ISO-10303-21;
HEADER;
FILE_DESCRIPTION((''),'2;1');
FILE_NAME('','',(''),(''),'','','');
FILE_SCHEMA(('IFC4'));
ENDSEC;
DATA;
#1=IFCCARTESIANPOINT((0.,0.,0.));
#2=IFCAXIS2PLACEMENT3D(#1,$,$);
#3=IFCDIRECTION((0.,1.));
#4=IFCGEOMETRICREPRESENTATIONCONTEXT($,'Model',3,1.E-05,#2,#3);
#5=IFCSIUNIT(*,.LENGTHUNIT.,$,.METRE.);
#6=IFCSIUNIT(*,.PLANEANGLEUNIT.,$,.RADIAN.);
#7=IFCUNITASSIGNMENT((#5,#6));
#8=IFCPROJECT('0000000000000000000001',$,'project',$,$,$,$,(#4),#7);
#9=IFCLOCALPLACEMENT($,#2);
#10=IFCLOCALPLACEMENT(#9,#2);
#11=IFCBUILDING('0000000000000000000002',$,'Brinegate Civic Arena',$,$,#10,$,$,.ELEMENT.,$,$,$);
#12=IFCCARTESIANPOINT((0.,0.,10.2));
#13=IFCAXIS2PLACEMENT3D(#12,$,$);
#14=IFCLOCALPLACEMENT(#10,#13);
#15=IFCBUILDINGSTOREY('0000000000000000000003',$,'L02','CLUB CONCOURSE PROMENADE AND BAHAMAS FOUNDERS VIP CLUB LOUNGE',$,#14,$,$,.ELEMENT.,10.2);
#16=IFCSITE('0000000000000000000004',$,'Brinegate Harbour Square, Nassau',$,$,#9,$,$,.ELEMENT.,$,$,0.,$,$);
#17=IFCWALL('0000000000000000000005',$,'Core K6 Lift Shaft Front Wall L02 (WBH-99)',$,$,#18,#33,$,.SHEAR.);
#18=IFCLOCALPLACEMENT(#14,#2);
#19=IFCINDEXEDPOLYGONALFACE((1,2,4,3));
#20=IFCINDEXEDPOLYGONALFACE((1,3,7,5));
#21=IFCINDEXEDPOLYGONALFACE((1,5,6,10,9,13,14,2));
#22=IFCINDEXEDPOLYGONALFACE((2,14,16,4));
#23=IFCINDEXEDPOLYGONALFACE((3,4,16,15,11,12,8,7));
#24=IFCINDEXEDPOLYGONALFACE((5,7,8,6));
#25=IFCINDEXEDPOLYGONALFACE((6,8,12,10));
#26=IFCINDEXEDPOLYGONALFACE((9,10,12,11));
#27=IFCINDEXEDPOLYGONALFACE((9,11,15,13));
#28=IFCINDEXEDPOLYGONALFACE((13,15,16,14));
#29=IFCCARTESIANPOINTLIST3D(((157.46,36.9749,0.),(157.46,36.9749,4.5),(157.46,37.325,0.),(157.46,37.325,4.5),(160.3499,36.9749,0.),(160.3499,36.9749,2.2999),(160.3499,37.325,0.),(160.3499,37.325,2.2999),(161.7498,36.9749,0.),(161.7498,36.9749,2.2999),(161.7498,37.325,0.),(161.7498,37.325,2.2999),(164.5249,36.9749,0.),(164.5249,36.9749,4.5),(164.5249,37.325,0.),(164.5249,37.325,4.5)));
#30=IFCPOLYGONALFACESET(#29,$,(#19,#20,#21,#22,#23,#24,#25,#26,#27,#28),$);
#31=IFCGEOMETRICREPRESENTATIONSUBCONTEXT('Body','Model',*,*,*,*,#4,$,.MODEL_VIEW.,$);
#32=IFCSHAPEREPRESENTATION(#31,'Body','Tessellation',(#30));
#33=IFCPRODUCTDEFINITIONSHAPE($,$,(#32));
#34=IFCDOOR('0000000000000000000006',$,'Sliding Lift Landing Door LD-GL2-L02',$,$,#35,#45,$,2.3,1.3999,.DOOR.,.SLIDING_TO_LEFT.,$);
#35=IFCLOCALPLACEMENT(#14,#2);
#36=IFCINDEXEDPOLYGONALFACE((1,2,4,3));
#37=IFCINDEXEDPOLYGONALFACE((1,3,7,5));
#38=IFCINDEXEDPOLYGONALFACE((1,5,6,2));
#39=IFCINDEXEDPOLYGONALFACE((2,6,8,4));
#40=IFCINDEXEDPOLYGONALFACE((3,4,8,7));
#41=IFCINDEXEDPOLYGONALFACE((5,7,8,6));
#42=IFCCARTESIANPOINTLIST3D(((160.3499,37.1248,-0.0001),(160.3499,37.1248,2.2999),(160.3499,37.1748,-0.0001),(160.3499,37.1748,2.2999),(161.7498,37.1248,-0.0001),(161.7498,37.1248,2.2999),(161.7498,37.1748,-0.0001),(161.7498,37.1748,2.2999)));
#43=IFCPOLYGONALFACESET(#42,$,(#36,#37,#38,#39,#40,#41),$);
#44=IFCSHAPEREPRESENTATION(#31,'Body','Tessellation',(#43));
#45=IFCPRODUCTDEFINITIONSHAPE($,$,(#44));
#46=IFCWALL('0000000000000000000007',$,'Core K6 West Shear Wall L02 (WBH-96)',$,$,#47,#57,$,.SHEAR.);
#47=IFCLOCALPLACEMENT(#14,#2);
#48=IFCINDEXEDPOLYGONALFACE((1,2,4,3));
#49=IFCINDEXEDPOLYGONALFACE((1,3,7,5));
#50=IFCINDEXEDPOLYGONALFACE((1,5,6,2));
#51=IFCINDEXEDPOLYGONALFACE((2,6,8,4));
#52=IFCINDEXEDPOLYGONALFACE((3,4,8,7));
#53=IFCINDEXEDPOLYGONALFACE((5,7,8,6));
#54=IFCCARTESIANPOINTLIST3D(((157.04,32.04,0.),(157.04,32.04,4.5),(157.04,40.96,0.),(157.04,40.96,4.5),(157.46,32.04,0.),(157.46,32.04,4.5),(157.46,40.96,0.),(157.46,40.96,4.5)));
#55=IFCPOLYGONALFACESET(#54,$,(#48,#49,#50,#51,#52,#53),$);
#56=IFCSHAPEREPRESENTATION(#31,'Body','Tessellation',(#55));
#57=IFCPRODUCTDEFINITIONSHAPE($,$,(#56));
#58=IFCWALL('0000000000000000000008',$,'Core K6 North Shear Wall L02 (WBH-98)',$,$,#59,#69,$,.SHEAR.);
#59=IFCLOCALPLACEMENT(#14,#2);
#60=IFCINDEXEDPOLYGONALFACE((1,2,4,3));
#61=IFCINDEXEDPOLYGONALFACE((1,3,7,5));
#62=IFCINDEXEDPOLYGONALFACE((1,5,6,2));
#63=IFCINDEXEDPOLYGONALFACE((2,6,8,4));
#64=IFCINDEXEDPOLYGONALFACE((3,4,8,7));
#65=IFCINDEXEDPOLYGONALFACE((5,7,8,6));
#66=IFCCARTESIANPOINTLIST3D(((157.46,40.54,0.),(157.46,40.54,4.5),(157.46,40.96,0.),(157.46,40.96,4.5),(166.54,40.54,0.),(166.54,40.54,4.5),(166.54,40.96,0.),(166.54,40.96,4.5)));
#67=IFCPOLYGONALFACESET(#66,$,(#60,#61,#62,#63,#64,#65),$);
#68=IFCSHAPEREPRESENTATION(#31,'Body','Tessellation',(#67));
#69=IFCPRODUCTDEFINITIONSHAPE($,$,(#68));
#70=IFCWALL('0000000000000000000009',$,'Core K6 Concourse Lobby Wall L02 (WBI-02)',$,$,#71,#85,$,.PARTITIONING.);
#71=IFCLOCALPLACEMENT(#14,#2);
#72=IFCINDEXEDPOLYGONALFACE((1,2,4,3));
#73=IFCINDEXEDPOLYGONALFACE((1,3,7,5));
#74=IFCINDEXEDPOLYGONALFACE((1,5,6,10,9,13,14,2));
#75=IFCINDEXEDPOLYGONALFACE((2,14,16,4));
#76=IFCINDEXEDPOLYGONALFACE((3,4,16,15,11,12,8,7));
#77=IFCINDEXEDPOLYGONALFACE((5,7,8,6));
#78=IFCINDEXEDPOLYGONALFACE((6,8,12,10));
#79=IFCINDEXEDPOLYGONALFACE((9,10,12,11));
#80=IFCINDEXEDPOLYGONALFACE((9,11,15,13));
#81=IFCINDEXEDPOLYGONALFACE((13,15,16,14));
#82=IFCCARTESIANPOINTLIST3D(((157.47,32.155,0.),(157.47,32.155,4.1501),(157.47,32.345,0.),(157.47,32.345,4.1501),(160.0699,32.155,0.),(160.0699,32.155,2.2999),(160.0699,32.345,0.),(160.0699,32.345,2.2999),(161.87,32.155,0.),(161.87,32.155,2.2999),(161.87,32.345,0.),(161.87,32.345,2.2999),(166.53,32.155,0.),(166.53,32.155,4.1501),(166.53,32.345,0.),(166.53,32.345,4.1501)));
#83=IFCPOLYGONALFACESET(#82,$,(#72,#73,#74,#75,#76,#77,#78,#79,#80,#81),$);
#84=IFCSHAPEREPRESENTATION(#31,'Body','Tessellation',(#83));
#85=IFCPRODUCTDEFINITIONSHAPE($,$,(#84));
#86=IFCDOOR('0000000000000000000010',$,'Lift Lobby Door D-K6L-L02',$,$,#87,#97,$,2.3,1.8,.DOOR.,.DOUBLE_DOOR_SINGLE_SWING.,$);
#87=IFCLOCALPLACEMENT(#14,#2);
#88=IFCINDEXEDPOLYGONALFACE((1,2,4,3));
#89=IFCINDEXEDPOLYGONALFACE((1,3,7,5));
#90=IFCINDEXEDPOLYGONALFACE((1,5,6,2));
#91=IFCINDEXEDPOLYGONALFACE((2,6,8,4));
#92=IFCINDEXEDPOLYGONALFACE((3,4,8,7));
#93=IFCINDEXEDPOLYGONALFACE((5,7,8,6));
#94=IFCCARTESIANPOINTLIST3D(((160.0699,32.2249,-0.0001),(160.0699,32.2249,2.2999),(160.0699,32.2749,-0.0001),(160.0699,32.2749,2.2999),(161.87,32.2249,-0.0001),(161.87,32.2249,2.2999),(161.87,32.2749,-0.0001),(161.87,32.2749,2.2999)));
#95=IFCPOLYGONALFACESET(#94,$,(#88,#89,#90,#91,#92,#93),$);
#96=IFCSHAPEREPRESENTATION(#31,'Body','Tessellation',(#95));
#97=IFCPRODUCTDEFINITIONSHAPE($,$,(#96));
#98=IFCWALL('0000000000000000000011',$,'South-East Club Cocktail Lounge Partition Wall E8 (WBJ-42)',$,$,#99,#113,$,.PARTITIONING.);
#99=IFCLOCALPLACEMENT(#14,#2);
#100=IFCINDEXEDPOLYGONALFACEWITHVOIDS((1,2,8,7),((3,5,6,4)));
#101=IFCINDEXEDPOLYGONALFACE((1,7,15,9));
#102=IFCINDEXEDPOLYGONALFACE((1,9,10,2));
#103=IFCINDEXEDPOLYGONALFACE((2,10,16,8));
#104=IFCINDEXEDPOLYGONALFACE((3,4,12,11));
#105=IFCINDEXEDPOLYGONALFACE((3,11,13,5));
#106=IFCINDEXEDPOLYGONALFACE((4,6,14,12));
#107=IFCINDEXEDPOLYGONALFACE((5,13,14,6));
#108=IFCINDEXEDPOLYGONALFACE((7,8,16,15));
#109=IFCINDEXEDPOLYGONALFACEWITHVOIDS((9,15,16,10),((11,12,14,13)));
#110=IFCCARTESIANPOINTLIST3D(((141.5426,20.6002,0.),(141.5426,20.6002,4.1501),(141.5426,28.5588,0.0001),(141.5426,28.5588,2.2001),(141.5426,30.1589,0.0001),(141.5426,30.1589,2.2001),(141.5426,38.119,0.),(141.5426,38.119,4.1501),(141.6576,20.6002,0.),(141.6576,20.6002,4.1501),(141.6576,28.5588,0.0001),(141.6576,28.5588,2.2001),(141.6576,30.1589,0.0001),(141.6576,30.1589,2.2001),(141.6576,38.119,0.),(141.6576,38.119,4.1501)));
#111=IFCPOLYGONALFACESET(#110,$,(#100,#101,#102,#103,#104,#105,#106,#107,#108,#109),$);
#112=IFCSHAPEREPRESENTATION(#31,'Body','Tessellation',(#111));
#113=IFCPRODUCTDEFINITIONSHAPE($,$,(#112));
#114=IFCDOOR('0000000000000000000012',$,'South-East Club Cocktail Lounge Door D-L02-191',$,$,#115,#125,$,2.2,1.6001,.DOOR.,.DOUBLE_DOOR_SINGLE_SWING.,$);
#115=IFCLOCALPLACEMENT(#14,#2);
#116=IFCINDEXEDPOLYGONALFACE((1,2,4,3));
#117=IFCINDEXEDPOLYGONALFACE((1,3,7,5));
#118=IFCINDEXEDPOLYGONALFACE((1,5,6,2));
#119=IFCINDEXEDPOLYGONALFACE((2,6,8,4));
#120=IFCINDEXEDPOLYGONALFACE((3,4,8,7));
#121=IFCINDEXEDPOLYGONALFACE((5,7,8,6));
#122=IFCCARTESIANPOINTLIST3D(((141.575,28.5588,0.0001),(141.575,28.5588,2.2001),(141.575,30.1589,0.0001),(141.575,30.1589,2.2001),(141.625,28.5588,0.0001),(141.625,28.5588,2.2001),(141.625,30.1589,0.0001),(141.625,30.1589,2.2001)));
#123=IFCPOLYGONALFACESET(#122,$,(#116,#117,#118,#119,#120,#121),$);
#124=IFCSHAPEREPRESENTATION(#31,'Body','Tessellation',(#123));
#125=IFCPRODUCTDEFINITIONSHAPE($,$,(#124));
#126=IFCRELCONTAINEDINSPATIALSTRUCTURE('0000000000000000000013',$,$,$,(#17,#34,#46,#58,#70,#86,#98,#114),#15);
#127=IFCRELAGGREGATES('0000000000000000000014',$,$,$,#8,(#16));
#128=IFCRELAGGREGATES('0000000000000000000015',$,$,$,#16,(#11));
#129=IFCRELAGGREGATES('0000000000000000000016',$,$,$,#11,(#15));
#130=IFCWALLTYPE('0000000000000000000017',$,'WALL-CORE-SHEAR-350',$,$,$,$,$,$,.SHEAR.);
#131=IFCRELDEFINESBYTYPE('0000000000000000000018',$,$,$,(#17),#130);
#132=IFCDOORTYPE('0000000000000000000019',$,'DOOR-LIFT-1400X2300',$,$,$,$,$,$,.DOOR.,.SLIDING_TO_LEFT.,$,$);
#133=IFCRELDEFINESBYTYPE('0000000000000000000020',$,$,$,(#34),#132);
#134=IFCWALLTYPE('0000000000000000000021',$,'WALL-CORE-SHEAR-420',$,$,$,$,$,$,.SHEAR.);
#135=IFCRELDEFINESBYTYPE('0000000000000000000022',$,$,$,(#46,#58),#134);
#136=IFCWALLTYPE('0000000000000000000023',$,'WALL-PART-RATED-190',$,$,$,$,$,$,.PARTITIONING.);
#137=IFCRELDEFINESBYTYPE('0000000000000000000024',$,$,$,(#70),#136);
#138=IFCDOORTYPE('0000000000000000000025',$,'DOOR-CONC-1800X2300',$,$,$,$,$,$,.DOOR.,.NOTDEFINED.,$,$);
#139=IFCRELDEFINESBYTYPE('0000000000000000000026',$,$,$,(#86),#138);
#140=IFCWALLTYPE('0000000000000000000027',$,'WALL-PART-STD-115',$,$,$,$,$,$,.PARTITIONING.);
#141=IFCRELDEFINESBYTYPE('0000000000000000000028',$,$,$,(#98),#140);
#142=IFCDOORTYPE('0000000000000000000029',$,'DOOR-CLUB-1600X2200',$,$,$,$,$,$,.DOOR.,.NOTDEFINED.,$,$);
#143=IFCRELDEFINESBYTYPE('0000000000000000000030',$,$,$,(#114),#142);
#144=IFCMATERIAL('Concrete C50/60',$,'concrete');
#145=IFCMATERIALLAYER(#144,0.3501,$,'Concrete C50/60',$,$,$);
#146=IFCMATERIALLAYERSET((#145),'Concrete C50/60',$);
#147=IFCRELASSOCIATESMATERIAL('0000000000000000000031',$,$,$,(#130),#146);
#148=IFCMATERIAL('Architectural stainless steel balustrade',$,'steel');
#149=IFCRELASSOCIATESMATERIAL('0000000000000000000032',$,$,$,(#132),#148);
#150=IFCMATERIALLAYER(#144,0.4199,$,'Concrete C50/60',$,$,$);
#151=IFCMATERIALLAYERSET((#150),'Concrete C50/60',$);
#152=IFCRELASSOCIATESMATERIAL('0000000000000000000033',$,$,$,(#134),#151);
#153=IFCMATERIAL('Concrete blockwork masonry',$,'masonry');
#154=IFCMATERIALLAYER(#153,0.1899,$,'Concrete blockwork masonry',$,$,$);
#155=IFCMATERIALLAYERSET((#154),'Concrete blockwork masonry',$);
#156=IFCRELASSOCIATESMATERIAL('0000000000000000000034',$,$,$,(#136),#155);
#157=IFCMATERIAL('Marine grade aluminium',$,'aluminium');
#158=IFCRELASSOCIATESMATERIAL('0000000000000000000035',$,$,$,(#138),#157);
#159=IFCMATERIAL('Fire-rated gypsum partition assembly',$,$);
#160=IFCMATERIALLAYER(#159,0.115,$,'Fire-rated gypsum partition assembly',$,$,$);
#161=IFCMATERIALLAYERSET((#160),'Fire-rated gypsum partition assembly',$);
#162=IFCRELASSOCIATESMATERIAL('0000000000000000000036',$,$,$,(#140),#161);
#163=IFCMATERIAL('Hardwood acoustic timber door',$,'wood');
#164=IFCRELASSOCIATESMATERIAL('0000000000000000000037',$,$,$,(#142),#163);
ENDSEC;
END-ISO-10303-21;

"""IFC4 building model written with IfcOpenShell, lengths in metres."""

from ifc_helpers import new_model, si_unit, direction, frame, frame_2d, origin, place, context, subcontext, project, spatial, rectangle, extrude, material, layer, layer_set, type_object, element, fill, save


model = new_model("IFC4")

# Units and contexts
model_context = context("Model", 3, precision=1e-05, world=origin(), true_north=direction((0.0, 1.0)))
body_context = subcontext(model_context, "Body", "Model", "MODEL_VIEW")
ifc_project = project(units=[si_unit("LENGTHUNIT", "METRE"), si_unit("PLANEANGLEUNIT", "RADIAN")], contexts=[model_context])

# Site, building, storey
site_placement = place(None, origin())
site = spatial("IfcSite", under=ifc_project, at=site_placement, Name="Brinegate Harbour Square, Nassau", CompositionType="ELEMENT", RefElevation=0.0)
building_placement = place(site_placement, origin())
building = spatial("IfcBuilding", under=site, at=building_placement, Name="Brinegate Civic Arena", CompositionType="ELEMENT")
storey_placement = place(building_placement, frame((0.0, 0.0, 10.2)))
storey = spatial("IfcBuildingStorey", under=building, at=storey_placement, Name="L02", Description="CLUB CONCOURSE PROMENADE AND BAHAMAS FOUNDERS VIP CLUB LOUNGE", CompositionType="ELEMENT", Elevation=10.2)

# Shared definitions
ifc_material_1 = material(Name="Concrete C50/60", Category="concrete")

# Shared definitions
ifc_layer_1 = layer(ifc_material_1, 0.3501, Name="Concrete C50/60")
ifc_layer_set_1 = layer_set([ifc_layer_1], Name="Concrete C50/60")
wall_type_1 = type_object("IfcWallType", Name="WALL-CORE-SHEAR-350", PredefinedType="SHEAR", material=ifc_layer_set_1)

# Wall, opening, door
wall_1_placement = place(storey_placement, frame((157.46, 37.1499, 0.0), z_axis=(0.0, 0.0, 1.0), x_axis=(1.0, 0.0, 0.0)))
wall_1 = element("IfcWall", 1, at=wall_1_placement, inside=storey, type_object=wall_type_1, Name="Core K6 Lift Shaft Front Wall L02 (WBH-99)", PredefinedType="SHEAR", context=body_context, shape_type="SweptSolid", body=[
    extrude(rectangle(XDim=7.0649, YDim=0.3501, at=frame_2d((3.5325, 0.0))), origin(), (0.0, 0.0, 1.0), 4.5),
])
opening_1_placement = place(wall_1_placement, frame((2.8899, 0.0, 0.0)))
opening_1 = element("IfcOpeningElement", 2, at=opening_1_placement, cuts=wall_1, PredefinedType="OPENING", context=body_context, shape_type="SweptSolid", body=[
    extrude(rectangle(XDim=1.3999, YDim=2.3, at=frame_2d((0.7, 1.1499))), frame((0.0, 0.1851, 0.0), z_axis=(0.0, -1.0, 0.0), x_axis=(1.0, 0.0, 0.0)), (0.0, 0.0, 1.0), 0.3701),
])
ifc_material_2 = material(Name="Architectural stainless steel balustrade", Category="steel")
door_type_1 = type_object("IfcDoorType", Name="DOOR-LIFT-1400X2300", OperationType="SLIDING_TO_LEFT", PredefinedType="DOOR", material=ifc_material_2)
door_1_placement = place(opening_1_placement, origin())
door_1 = element("IfcDoor", 3, at=door_1_placement, inside=storey, type_object=door_type_1, Name="Sliding Lift Landing Door LD-GL2-L02", OperationType="SLIDING_TO_LEFT", OverallHeight=2.3, OverallWidth=1.3999, PredefinedType="DOOR", context=body_context, shape_type="SweptSolid", body=[
    extrude(rectangle(XDim=1.3999, YDim=2.3, at=frame_2d((0.7, 1.1499))), frame((0.0, 0.0249, 0.0), z_axis=(0.0, -1.0, 0.0), x_axis=(1.0, 0.0, 0.0)), (0.0, 0.0, 1.0), 0.05),
])
fill(opening_1, door_1)

# Walls
ifc_layer_2 = layer(ifc_material_1, 0.4199, Name="Concrete C50/60")
ifc_layer_set_2 = layer_set([ifc_layer_2], Name="Concrete C50/60")
wall_type_2 = type_object("IfcWallType", Name="WALL-CORE-SHEAR-420", PredefinedType="SHEAR", material=ifc_layer_set_2)
wall_2_placement = place(storey_placement, frame((157.25, 32.04, 0.0), z_axis=(0.0, 0.0, 1.0), x_axis=(0.0, 1.0, 0.0)))
element("IfcWall", 4, at=wall_2_placement, inside=storey, type_object=wall_type_2, Name="Core K6 West Shear Wall L02 (WBH-96)", PredefinedType="SHEAR", context=body_context, shape_type="SweptSolid", body=[
    extrude(rectangle(XDim=8.9199, YDim=0.4199, at=frame_2d((4.46, 0.0))), origin(), (0.0, 0.0, 1.0), 4.5),
])
wall_3_placement = place(storey_placement, frame((157.46, 40.75, 0.0), z_axis=(0.0, 0.0, 1.0), x_axis=(1.0, 0.0, 0.0)))
element("IfcWall", 5, at=wall_3_placement, inside=storey, type_object=wall_type_2, Name="Core K6 North Shear Wall L02 (WBH-98)", PredefinedType="SHEAR", context=body_context, shape_type="SweptSolid", body=[
    extrude(rectangle(XDim=9.0801, YDim=0.4199, at=frame_2d((4.54, 0.0))), origin(), (0.0, 0.0, 1.0), 4.5),
])

# Walls, openings, doors
ifc_material_3 = material(Name="Concrete blockwork masonry", Category="masonry")
ifc_layer_3 = layer(ifc_material_3, 0.1899, Name="Concrete blockwork masonry")
ifc_layer_set_3 = layer_set([ifc_layer_3], Name="Concrete blockwork masonry")
wall_type_3 = type_object("IfcWallType", Name="WALL-PART-RATED-190", PredefinedType="PARTITIONING", material=ifc_layer_set_3)
wall_4_placement = place(storey_placement, frame((157.47, 32.25, 0.0), z_axis=(0.0, 0.0, 1.0), x_axis=(1.0, 0.0, 0.0)))
wall_4 = element("IfcWall", 6, at=wall_4_placement, inside=storey, type_object=wall_type_3, Name="Core K6 Concourse Lobby Wall L02 (WBI-02)", PredefinedType="PARTITIONING", context=body_context, shape_type="SweptSolid", body=[
    extrude(rectangle(XDim=9.0601, YDim=0.1899, at=frame_2d((4.53, 0.0))), origin(), (0.0, 0.0, 1.0), 4.1501),
])
opening_2_placement = place(wall_4_placement, frame((2.6001, 0.0, 0.0)))
opening_2 = element("IfcOpeningElement", 7, at=opening_2_placement, cuts=wall_4, PredefinedType="OPENING", context=body_context, shape_type="SweptSolid", body=[
    extrude(rectangle(XDim=1.8, YDim=2.3, at=frame_2d((0.8999, 1.1499))), frame((0.0, 0.105, 0.0), z_axis=(0.0, -1.0, 0.0), x_axis=(1.0, 0.0, 0.0)), (0.0, 0.0, 1.0), 0.21),
])
ifc_material_4 = material(Name="Marine grade aluminium", Category="aluminium")
door_type_2 = type_object("IfcDoorType", Name="DOOR-CONC-1800X2300", OperationType="NOTDEFINED", PredefinedType="DOOR", material=ifc_material_4)
door_2_placement = place(opening_2_placement, origin())
door_2 = element("IfcDoor", 8, at=door_2_placement, inside=storey, type_object=door_type_2, Name="Lift Lobby Door D-K6L-L02", OperationType="DOUBLE_DOOR_SINGLE_SWING", OverallHeight=2.3, OverallWidth=1.8, PredefinedType="DOOR", context=body_context, shape_type="SweptSolid", body=[
    extrude(rectangle(XDim=1.8, YDim=2.3, at=frame_2d((0.8999, 1.1499))), frame((0.0, 0.0249, 0.0), z_axis=(0.0, -1.0, 0.0), x_axis=(1.0, 0.0, 0.0)), (0.0, 0.0, 1.0), 0.05),
])
fill(opening_2, door_2)
ifc_material_5 = material(Name="Fire-rated gypsum partition assembly")
ifc_layer_4 = layer(ifc_material_5, 0.115, Name="Fire-rated gypsum partition assembly")
ifc_layer_set_4 = layer_set([ifc_layer_4], Name="Fire-rated gypsum partition assembly")
wall_type_4 = type_object("IfcWallType", Name="WALL-PART-STD-115", PredefinedType="PARTITIONING", material=ifc_layer_set_4)
wall_5_placement = place(storey_placement, frame((141.6001, 38.1189, 0.0), z_axis=(0.0, 0.0, 1.0), x_axis=(0.0, -1.0, 0.0)))
wall_5 = element("IfcWall", 9, at=wall_5_placement, inside=storey, type_object=wall_type_4, Name="South-East Club Cocktail Lounge Partition Wall E8 (WBJ-42)", PredefinedType="PARTITIONING", context=body_context, shape_type="SweptSolid", body=[
    extrude(rectangle(XDim=17.5188, YDim=0.115, at=frame_2d((8.7593, 0.0))), origin(), (0.0, 0.0, 1.0), 4.1501),
])
opening_3_placement = place(wall_5_placement, frame((7.96, 0.0, 0.0)))
opening_3 = element("IfcOpeningElement", 10, at=opening_3_placement, cuts=wall_5, PredefinedType="OPENING", context=body_context, shape_type="SweptSolid", body=[
    extrude(rectangle(XDim=1.6001, YDim=2.2, at=frame_2d((0.8, 1.1001))), frame((0.0, 0.0674, 0.0), z_axis=(0.0, -1.0, 0.0), x_axis=(1.0, 0.0, 0.0)), (0.0, 0.0, 1.0), 0.135),
])
ifc_material_6 = material(Name="Hardwood acoustic timber door", Category="wood")
door_type_3 = type_object("IfcDoorType", Name="DOOR-CLUB-1600X2200", OperationType="NOTDEFINED", PredefinedType="DOOR", material=ifc_material_6)
door_3_placement = place(opening_3_placement, origin())
door_3 = element("IfcDoor", 11, at=door_3_placement, inside=storey, type_object=door_type_3, Name="South-East Club Cocktail Lounge Door D-L02-191", OperationType="DOUBLE_DOOR_SINGLE_SWING", OverallHeight=2.2, OverallWidth=1.6001, PredefinedType="DOOR", context=body_context, shape_type="SweptSolid", body=[
    extrude(rectangle(XDim=1.6001, YDim=2.2, at=frame_2d((0.8, 1.1001))), frame((0.0, 0.0249, 0.0), z_axis=(0.0, -1.0, 0.0), x_axis=(1.0, 0.0, 0.0)), (0.0, 0.0, 1.0), 0.05),
])
fill(opening_3, door_3)

save(model, "model.ifc")
